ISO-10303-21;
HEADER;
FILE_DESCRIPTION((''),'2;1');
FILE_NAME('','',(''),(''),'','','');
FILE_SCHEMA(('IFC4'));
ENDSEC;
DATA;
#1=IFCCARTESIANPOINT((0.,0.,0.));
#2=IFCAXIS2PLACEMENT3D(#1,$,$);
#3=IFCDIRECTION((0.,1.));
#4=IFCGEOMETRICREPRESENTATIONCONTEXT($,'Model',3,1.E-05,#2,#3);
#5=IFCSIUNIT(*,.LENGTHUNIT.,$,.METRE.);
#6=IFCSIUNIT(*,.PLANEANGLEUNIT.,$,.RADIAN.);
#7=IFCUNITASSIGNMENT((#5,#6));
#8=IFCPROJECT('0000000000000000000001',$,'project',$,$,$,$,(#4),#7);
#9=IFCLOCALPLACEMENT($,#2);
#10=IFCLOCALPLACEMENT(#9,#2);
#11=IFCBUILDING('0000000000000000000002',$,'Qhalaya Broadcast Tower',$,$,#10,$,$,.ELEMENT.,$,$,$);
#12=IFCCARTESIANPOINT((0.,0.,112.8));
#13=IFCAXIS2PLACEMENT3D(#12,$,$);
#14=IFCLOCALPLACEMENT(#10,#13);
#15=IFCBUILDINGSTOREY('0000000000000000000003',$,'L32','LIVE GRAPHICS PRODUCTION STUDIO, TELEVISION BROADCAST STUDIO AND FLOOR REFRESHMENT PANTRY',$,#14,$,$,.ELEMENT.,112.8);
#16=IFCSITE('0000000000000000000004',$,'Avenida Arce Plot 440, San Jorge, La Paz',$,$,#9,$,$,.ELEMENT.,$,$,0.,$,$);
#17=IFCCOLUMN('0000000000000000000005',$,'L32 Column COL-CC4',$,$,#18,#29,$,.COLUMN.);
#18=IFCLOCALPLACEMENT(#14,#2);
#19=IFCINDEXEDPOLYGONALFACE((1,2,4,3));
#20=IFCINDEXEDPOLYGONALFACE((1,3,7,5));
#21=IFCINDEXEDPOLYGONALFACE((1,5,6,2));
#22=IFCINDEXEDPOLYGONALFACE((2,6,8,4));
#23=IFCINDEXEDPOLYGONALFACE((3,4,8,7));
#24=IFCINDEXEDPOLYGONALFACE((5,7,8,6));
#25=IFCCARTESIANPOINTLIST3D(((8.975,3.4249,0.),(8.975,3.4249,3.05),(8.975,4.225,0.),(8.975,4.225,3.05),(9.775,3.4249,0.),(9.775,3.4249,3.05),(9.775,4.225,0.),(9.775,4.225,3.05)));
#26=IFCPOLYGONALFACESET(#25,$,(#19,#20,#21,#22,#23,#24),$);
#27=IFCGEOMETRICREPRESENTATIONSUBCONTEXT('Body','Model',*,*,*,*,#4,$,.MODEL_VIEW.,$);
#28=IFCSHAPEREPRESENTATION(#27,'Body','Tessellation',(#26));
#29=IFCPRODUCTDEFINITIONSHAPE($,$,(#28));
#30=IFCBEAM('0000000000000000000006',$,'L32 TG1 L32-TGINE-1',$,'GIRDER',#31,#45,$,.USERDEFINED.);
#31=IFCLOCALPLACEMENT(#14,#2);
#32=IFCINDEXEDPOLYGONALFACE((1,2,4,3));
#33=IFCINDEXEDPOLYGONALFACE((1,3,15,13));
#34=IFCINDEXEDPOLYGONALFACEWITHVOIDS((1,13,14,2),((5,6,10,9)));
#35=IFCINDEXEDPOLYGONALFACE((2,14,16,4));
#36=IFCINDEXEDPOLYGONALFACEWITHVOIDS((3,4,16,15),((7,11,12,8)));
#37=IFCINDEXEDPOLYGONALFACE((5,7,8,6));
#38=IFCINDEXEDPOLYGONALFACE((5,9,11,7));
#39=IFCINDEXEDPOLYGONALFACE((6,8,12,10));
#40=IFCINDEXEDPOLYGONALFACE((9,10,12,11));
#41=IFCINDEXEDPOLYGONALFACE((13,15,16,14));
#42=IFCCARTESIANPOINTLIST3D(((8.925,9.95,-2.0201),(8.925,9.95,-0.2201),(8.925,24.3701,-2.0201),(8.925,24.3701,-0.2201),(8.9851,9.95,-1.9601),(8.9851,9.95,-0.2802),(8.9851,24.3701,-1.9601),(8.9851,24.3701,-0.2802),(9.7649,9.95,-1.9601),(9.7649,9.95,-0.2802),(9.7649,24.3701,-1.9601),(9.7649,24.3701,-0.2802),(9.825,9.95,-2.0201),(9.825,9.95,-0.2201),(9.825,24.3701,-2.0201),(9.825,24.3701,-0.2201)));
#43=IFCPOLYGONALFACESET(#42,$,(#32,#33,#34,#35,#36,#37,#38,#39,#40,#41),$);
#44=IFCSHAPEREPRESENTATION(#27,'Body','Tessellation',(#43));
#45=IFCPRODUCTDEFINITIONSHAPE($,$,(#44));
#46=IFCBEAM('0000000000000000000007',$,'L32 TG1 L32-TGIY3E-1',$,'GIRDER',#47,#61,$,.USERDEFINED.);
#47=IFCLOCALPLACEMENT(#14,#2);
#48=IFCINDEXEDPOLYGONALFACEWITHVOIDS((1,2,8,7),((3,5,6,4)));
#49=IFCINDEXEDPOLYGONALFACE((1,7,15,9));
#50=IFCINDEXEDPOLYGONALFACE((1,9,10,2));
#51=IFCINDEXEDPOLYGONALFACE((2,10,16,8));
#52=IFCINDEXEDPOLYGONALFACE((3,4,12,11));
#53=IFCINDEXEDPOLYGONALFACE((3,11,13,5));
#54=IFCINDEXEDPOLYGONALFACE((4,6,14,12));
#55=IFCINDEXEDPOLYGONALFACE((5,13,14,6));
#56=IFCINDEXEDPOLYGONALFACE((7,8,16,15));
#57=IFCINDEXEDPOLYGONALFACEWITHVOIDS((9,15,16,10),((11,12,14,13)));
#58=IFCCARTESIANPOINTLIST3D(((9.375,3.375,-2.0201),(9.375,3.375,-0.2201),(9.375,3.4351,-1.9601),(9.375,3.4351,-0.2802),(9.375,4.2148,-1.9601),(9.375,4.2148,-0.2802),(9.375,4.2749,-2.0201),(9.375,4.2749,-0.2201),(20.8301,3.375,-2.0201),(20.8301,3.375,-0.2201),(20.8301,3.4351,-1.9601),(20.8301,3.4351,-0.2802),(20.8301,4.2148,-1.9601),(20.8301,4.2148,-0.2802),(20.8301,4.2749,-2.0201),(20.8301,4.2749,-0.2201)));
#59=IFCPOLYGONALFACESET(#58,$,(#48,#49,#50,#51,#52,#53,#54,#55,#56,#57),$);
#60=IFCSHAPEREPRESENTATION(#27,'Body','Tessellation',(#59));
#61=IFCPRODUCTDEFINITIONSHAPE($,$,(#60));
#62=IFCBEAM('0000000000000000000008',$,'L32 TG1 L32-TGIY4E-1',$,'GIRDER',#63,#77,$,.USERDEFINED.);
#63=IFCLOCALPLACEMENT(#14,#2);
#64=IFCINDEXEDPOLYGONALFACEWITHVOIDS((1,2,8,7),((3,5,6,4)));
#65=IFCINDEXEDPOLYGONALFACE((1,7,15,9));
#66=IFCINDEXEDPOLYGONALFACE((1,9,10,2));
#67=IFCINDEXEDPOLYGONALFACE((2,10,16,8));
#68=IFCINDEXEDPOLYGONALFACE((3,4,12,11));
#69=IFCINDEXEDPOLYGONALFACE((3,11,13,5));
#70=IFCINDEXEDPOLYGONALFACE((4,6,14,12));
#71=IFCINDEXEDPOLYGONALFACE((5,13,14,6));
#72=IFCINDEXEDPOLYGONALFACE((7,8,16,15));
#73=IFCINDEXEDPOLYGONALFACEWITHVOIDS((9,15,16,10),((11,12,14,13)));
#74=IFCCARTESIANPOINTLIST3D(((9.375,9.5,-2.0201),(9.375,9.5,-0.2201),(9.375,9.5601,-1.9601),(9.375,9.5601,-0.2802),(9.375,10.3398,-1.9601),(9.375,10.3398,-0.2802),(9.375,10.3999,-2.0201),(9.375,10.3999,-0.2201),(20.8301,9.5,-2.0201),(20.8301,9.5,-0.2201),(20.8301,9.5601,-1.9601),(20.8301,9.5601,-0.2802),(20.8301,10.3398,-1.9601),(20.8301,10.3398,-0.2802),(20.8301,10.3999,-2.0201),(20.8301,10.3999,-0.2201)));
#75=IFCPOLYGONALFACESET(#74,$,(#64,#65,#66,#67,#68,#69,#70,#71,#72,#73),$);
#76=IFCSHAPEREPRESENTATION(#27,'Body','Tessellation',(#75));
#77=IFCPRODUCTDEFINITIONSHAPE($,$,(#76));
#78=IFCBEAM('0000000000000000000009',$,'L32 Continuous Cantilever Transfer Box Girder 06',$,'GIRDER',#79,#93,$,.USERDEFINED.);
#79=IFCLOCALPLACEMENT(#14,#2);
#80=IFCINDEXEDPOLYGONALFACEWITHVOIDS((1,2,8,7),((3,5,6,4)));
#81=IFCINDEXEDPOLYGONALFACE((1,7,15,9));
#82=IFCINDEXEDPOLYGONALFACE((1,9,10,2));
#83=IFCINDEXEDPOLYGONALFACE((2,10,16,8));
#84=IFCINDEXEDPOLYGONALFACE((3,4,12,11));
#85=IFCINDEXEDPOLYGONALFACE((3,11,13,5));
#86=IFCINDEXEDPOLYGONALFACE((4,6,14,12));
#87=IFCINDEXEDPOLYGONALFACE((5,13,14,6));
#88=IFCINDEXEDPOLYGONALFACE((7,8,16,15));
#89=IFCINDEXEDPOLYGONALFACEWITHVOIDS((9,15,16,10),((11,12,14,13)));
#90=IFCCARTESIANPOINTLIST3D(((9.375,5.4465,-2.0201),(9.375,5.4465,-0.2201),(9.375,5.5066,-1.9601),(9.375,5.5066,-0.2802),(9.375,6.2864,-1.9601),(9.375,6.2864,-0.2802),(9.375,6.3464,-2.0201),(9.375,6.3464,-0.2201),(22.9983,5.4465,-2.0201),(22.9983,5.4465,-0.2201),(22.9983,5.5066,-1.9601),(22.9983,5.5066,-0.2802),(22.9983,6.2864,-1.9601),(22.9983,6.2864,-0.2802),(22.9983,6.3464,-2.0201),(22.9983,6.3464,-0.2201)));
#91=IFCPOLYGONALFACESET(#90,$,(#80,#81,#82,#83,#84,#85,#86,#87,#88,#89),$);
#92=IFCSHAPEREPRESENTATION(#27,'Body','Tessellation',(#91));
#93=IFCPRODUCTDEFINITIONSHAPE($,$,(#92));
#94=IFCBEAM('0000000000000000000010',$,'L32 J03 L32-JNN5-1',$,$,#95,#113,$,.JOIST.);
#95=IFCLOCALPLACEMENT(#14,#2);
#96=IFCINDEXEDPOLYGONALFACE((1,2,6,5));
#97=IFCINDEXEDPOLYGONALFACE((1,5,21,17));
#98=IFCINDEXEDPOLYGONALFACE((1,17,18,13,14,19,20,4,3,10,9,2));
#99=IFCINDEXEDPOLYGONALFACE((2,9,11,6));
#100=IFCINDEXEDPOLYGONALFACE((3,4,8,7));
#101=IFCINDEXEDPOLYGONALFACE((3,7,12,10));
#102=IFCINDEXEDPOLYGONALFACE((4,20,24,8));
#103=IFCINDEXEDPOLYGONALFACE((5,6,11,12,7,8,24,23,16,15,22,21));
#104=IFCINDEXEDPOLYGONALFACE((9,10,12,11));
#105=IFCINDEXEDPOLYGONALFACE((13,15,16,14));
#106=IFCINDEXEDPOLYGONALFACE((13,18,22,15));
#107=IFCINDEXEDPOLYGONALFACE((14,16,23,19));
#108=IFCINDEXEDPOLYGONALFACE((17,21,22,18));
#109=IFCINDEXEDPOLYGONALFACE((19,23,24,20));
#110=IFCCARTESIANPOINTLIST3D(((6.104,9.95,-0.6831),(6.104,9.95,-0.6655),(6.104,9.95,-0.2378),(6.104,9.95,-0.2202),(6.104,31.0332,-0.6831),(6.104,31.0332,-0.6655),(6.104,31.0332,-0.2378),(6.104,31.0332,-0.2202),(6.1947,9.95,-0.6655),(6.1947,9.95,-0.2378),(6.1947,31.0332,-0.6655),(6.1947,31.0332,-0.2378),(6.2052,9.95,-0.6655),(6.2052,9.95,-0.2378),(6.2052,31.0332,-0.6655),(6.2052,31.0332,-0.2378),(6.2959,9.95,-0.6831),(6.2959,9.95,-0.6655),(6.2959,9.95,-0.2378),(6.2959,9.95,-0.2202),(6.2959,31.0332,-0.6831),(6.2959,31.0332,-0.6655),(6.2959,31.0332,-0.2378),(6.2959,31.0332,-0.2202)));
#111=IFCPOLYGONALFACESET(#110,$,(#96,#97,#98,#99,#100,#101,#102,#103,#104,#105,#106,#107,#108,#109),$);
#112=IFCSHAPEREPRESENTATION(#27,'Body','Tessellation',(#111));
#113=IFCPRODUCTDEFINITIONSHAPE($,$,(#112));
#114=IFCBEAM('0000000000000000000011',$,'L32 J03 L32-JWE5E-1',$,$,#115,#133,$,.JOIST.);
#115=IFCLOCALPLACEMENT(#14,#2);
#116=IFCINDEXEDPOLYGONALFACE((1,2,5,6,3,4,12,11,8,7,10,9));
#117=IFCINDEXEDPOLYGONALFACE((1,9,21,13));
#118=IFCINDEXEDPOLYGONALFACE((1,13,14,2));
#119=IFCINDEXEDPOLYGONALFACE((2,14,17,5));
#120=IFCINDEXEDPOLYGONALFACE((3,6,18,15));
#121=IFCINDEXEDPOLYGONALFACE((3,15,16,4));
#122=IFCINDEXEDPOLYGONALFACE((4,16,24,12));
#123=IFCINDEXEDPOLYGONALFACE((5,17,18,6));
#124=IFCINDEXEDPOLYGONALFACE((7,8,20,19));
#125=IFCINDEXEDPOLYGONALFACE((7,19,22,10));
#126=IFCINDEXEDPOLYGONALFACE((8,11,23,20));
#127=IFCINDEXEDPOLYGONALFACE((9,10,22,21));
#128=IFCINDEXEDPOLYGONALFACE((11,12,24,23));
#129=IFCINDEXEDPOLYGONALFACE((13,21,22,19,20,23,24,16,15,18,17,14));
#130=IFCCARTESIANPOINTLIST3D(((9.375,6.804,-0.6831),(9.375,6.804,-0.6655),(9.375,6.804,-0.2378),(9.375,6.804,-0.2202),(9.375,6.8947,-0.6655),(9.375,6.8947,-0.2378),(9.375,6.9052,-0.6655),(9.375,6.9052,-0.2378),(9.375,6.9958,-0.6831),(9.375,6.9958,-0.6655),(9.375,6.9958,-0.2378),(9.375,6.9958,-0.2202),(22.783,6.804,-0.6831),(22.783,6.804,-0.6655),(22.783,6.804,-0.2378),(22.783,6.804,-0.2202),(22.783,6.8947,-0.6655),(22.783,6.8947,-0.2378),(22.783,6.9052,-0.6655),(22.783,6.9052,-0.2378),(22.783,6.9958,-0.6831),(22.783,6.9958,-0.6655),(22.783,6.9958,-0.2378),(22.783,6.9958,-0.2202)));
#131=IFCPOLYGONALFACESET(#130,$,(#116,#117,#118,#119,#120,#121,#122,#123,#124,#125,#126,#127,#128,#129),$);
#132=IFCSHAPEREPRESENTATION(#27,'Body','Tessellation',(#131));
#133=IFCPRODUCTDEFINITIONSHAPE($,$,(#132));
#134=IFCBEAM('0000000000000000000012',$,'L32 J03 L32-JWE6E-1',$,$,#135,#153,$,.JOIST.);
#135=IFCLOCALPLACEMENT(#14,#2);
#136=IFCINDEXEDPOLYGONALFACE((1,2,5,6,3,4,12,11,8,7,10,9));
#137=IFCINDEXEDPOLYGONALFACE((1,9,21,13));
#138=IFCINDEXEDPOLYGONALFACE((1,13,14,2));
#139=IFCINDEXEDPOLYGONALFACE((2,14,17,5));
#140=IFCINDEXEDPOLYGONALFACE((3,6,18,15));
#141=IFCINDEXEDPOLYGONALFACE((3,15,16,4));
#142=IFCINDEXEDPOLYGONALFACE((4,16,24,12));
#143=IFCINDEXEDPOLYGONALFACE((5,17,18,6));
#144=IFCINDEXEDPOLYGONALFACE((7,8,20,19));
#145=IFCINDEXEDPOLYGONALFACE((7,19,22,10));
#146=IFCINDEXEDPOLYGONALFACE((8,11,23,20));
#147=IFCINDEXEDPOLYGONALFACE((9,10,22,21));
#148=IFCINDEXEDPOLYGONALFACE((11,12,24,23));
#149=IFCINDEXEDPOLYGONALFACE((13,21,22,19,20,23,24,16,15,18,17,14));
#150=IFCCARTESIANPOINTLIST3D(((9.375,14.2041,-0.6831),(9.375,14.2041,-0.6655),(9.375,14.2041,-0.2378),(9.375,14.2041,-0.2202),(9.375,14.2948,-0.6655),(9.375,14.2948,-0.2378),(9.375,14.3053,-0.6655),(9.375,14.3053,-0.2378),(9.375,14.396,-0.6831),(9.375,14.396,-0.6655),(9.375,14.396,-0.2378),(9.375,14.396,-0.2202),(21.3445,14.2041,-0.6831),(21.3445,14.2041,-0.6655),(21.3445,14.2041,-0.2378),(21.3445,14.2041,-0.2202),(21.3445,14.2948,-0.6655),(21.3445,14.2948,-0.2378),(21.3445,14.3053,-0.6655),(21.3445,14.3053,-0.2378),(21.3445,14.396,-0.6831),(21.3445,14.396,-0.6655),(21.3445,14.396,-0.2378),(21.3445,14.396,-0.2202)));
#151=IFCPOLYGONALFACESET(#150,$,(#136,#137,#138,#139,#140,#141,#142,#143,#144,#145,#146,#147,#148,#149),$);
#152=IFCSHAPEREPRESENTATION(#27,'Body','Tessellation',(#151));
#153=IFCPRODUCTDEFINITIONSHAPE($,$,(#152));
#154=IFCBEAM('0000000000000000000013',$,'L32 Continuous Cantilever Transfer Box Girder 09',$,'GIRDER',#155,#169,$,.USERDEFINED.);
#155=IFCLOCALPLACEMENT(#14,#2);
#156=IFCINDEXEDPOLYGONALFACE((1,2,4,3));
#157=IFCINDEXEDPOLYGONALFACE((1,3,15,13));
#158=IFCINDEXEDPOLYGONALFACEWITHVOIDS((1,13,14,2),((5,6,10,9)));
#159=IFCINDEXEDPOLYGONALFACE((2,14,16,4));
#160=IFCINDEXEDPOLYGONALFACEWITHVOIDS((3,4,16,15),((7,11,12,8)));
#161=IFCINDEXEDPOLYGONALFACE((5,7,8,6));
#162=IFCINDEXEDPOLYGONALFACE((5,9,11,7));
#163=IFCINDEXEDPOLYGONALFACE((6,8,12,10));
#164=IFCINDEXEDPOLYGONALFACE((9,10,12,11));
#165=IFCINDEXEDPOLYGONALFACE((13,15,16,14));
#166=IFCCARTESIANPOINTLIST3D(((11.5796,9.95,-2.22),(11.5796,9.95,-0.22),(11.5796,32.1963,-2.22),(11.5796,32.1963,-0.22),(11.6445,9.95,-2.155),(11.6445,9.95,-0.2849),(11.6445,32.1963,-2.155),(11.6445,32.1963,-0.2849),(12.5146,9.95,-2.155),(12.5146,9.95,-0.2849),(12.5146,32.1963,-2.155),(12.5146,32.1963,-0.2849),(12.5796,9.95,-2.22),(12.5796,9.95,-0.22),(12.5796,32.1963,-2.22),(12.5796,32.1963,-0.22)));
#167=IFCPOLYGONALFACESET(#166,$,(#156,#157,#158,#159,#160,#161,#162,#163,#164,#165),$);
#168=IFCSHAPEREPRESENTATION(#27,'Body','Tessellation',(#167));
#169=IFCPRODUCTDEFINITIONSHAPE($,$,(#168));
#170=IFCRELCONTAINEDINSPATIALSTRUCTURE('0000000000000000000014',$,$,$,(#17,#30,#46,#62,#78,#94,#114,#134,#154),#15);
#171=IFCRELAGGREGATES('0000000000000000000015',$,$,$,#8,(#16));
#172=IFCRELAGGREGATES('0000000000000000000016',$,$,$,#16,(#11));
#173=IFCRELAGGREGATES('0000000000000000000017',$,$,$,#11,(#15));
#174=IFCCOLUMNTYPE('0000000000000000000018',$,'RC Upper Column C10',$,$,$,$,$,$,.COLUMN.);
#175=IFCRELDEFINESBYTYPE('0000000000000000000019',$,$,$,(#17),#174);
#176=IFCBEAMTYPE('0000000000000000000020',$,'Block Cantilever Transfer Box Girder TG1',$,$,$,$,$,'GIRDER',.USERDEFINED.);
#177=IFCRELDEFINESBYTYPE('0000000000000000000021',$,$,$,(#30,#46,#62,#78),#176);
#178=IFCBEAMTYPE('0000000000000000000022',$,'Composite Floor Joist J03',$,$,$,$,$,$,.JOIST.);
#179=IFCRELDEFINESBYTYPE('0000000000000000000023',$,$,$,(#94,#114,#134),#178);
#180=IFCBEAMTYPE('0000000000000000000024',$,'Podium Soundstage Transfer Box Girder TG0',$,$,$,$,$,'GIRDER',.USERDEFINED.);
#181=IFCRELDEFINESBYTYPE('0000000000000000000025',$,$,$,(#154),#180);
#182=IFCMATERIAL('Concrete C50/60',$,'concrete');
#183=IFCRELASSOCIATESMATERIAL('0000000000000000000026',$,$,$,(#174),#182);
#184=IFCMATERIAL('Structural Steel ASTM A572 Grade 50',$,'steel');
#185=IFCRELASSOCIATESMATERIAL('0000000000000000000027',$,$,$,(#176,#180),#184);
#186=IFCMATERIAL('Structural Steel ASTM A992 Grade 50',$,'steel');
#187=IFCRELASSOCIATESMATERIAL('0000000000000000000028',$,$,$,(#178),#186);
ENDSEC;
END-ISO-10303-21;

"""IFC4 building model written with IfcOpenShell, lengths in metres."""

from ifc_helpers import new_model, si_unit, direction, frame, origin, origin_2d, place, context, subcontext, project, spatial, rectangle, hollow_rectangle, i_section, extrude, material, material_profile, profile_set, type_object, element, save


model = new_model("IFC4")

# Units and contexts
model_context = context("Model", 3, precision=1e-05, world=origin(), true_north=direction((0.0, 1.0)))
body_context = subcontext(model_context, "Body", "Model", "MODEL_VIEW")
ifc_project = project(units=[si_unit("LENGTHUNIT", "METRE"), si_unit("PLANEANGLEUNIT", "RADIAN")], contexts=[model_context])

# Site, building, storey
site_placement = place(None, origin())
site = spatial("IfcSite", under=ifc_project, at=site_placement, Name="Avenida Arce Plot 440, San Jorge, La Paz", CompositionType="ELEMENT", RefElevation=0.0)
building_placement = place(site_placement, origin())
building = spatial("IfcBuilding", under=site, at=building_placement, Name="Qhalaya Broadcast Tower", CompositionType="ELEMENT")
storey_placement = place(building_placement, frame((0.0, 0.0, 112.8)))
storey = spatial("IfcBuildingStorey", under=building, at=storey_placement, Name="L32", Description="LIVE GRAPHICS PRODUCTION STUDIO, TELEVISION BROADCAST STUDIO AND FLOOR REFRESHMENT PANTRY", CompositionType="ELEMENT", Elevation=112.8)

# Column
ifc_material_1 = material(Name="Concrete C50/60", Category="concrete")
ifc_material_profile_1 = material_profile(ifc_material_1, rectangle(XDim=0.8, YDim=0.8, at=origin_2d()), Name="RC-COL 800x800")
ifc_profile_set_1 = profile_set([ifc_material_profile_1], Name="Concrete C50/60")
column_type = type_object("IfcColumnType", Name="RC Upper Column C10", PredefinedType="COLUMN", material=ifc_profile_set_1)
column_placement = place(storey_placement, frame((9.375, 3.825, 0.0), z_axis=(0.0, 0.0, 1.0), x_axis=(1.0, 0.0, 0.0)))
element("IfcColumn", 1, at=column_placement, inside=storey, type_object=column_type, Name="L32 Column COL-CC4", PredefinedType="COLUMN", context=body_context, shape_type="SweptSolid", body=[
    extrude(rectangle(XDim=0.8, YDim=0.8, at=origin_2d()), origin(), (0.0, 0.0, 1.0), 3.05),
])

# Beams
ifc_material_2 = material(Name="Structural Steel ASTM A572 Grade 50", Category="steel")
ifc_material_profile_2 = material_profile(ifc_material_2, hollow_rectangle(XDim=0.8999, YDim=1.8, WallThickness=0.0601, at=origin_2d()), Name="BOX 900x1800x60")
ifc_profile_set_2 = profile_set([ifc_material_profile_2], Name="Structural Steel ASTM A572 Grade 50")
beam_type_1 = type_object("IfcBeamType", Name="Block Cantilever Transfer Box Girder TG1", ElementType="GIRDER", PredefinedType="USERDEFINED", material=ifc_profile_set_2)
beam_1_placement = place(storey_placement, frame((9.375, 9.95, -1.1201), z_axis=(0.0, 1.0, 0.0), x_axis=(-1.0, 0.0, 0.0)))
element("IfcBeam", 2, at=beam_1_placement, inside=storey, type_object=beam_type_1, Name="L32 TG1 L32-TGINE-1", ObjectType="GIRDER", PredefinedType="USERDEFINED", context=body_context, shape_type="SweptSolid", body=[
    extrude(hollow_rectangle(XDim=0.8999, YDim=1.8, WallThickness=0.0601, at=origin_2d()), origin(), (0.0, 0.0, 1.0), 14.4202),
])
for number, where, z_axis, x_axis, name in (
    (3, (9.375, 3.825, -1.1201), (1.0, 0.0, 0.0), (0.0, 1.0, 0.0), "L32 TG1 L32-TGIY3E-1"),
    (4, (9.375, 9.95, -1.1201), (1.0, 0.0, 0.0), (0.0, 1.0, 0.0), "L32 TG1 L32-TGIY4E-1"),
):
    element("IfcBeam", number, at=place(storey_placement, frame(where, z_axis=z_axis, x_axis=x_axis)), inside=storey, type_object=beam_type_1, Name=name, ObjectType="GIRDER", PredefinedType="USERDEFINED", context=body_context, shape_type="SweptSolid", body=[
        extrude(hollow_rectangle(XDim=0.8999, YDim=1.8, WallThickness=0.0601, at=origin_2d()), origin(), (0.0, 0.0, 1.0), 11.4551),
    ])
beam_2_placement = place(storey_placement, frame((9.375, 5.8965, -1.1201), z_axis=(1.0, 0.0, 0.0), x_axis=(0.0, 1.0, 0.0)))
element("IfcBeam", 5, at=beam_2_placement, inside=storey, type_object=beam_type_1, Name="L32 Continuous Cantilever Transfer Box Girder 06", ObjectType="GIRDER", PredefinedType="USERDEFINED", context=body_context, shape_type="SweptSolid", body=[
    extrude(hollow_rectangle(XDim=0.8999, YDim=1.8, WallThickness=0.0601, at=origin_2d()), origin(), (0.0, 0.0, 1.0), 13.6233),
])
ifc_material_3 = material(Name="Structural Steel ASTM A992 Grade 50", Category="steel")
ifc_material_profile_3 = material_profile(ifc_material_3, i_section(OverallWidth=0.1919, OverallDepth=0.4629, WebThickness=0.0105, FlangeThickness=0.0176, at=origin_2d()), Name="W18X60")
ifc_profile_set_3 = profile_set([ifc_material_profile_3], Name="Structural Steel ASTM A992 Grade 50")
beam_type_2 = type_object("IfcBeamType", Name="Composite Floor Joist J03", PredefinedType="JOIST", material=ifc_profile_set_3)
beam_3_placement = place(storey_placement, frame((6.2, 9.95, -0.4517), z_axis=(0.0, 1.0, 0.0), x_axis=(-1.0, 0.0, 0.0)))
element("IfcBeam", 6, at=beam_3_placement, inside=storey, type_object=beam_type_2, Name="L32 J03 L32-JNN5-1", PredefinedType="JOIST", context=body_context, shape_type="SweptSolid", body=[
    extrude(i_section(OverallWidth=0.1919, OverallDepth=0.4629, WebThickness=0.0105, FlangeThickness=0.0176, at=origin_2d()), origin(), (0.0, 0.0, 1.0), 21.0833),
])
beam_4_placement = place(storey_placement, frame((9.375, 6.8999, -0.4517), z_axis=(1.0, 0.0, 0.0), x_axis=(0.0, 1.0, 0.0)))
element("IfcBeam", 7, at=beam_4_placement, inside=storey, type_object=beam_type_2, Name="L32 J03 L32-JWE5E-1", PredefinedType="JOIST", context=body_context, shape_type="SweptSolid", body=[
    extrude(i_section(OverallWidth=0.1919, OverallDepth=0.4629, WebThickness=0.0105, FlangeThickness=0.0176, at=origin_2d()), origin(), (0.0, 0.0, 1.0), 13.408),
])
beam_5_placement = place(storey_placement, frame((9.375, 14.3, -0.4517), z_axis=(1.0, 0.0, 0.0), x_axis=(0.0, 1.0, 0.0)))
element("IfcBeam", 8, at=beam_5_placement, inside=storey, type_object=beam_type_2, Name="L32 J03 L32-JWE6E-1", PredefinedType="JOIST", context=body_context, shape_type="SweptSolid", body=[
    extrude(i_section(OverallWidth=0.1919, OverallDepth=0.4629, WebThickness=0.0105, FlangeThickness=0.0176, at=origin_2d()), origin(), (0.0, 0.0, 1.0), 11.9695),
])
ifc_material_profile_4 = material_profile(ifc_material_2, hollow_rectangle(XDim=1.0, YDim=2.0, WallThickness=0.0649, at=origin_2d()), Name="BOX 1000x2000x65")
ifc_profile_set_4 = profile_set([ifc_material_profile_4], Name="Structural Steel ASTM A572 Grade 50")
beam_type_3 = type_object("IfcBeamType", Name="Podium Soundstage Transfer Box Girder TG0", ElementType="GIRDER", PredefinedType="USERDEFINED", material=ifc_profile_set_4)
beam_6_placement = place(storey_placement, frame((12.0796, 9.95, -1.22), z_axis=(0.0, 1.0, 0.0), x_axis=(-1.0, 0.0, 0.0)))
element("IfcBeam", 9, at=beam_6_placement, inside=storey, type_object=beam_type_3, Name="L32 Continuous Cantilever Transfer Box Girder 09", ObjectType="GIRDER", PredefinedType="USERDEFINED", context=body_context, shape_type="SweptSolid", body=[
    extrude(hollow_rectangle(XDim=1.0, YDim=2.0, WallThickness=0.0649, at=origin_2d()), origin(), (0.0, 0.0, 1.0), 22.2463),
])

save(model, "model.ifc")
